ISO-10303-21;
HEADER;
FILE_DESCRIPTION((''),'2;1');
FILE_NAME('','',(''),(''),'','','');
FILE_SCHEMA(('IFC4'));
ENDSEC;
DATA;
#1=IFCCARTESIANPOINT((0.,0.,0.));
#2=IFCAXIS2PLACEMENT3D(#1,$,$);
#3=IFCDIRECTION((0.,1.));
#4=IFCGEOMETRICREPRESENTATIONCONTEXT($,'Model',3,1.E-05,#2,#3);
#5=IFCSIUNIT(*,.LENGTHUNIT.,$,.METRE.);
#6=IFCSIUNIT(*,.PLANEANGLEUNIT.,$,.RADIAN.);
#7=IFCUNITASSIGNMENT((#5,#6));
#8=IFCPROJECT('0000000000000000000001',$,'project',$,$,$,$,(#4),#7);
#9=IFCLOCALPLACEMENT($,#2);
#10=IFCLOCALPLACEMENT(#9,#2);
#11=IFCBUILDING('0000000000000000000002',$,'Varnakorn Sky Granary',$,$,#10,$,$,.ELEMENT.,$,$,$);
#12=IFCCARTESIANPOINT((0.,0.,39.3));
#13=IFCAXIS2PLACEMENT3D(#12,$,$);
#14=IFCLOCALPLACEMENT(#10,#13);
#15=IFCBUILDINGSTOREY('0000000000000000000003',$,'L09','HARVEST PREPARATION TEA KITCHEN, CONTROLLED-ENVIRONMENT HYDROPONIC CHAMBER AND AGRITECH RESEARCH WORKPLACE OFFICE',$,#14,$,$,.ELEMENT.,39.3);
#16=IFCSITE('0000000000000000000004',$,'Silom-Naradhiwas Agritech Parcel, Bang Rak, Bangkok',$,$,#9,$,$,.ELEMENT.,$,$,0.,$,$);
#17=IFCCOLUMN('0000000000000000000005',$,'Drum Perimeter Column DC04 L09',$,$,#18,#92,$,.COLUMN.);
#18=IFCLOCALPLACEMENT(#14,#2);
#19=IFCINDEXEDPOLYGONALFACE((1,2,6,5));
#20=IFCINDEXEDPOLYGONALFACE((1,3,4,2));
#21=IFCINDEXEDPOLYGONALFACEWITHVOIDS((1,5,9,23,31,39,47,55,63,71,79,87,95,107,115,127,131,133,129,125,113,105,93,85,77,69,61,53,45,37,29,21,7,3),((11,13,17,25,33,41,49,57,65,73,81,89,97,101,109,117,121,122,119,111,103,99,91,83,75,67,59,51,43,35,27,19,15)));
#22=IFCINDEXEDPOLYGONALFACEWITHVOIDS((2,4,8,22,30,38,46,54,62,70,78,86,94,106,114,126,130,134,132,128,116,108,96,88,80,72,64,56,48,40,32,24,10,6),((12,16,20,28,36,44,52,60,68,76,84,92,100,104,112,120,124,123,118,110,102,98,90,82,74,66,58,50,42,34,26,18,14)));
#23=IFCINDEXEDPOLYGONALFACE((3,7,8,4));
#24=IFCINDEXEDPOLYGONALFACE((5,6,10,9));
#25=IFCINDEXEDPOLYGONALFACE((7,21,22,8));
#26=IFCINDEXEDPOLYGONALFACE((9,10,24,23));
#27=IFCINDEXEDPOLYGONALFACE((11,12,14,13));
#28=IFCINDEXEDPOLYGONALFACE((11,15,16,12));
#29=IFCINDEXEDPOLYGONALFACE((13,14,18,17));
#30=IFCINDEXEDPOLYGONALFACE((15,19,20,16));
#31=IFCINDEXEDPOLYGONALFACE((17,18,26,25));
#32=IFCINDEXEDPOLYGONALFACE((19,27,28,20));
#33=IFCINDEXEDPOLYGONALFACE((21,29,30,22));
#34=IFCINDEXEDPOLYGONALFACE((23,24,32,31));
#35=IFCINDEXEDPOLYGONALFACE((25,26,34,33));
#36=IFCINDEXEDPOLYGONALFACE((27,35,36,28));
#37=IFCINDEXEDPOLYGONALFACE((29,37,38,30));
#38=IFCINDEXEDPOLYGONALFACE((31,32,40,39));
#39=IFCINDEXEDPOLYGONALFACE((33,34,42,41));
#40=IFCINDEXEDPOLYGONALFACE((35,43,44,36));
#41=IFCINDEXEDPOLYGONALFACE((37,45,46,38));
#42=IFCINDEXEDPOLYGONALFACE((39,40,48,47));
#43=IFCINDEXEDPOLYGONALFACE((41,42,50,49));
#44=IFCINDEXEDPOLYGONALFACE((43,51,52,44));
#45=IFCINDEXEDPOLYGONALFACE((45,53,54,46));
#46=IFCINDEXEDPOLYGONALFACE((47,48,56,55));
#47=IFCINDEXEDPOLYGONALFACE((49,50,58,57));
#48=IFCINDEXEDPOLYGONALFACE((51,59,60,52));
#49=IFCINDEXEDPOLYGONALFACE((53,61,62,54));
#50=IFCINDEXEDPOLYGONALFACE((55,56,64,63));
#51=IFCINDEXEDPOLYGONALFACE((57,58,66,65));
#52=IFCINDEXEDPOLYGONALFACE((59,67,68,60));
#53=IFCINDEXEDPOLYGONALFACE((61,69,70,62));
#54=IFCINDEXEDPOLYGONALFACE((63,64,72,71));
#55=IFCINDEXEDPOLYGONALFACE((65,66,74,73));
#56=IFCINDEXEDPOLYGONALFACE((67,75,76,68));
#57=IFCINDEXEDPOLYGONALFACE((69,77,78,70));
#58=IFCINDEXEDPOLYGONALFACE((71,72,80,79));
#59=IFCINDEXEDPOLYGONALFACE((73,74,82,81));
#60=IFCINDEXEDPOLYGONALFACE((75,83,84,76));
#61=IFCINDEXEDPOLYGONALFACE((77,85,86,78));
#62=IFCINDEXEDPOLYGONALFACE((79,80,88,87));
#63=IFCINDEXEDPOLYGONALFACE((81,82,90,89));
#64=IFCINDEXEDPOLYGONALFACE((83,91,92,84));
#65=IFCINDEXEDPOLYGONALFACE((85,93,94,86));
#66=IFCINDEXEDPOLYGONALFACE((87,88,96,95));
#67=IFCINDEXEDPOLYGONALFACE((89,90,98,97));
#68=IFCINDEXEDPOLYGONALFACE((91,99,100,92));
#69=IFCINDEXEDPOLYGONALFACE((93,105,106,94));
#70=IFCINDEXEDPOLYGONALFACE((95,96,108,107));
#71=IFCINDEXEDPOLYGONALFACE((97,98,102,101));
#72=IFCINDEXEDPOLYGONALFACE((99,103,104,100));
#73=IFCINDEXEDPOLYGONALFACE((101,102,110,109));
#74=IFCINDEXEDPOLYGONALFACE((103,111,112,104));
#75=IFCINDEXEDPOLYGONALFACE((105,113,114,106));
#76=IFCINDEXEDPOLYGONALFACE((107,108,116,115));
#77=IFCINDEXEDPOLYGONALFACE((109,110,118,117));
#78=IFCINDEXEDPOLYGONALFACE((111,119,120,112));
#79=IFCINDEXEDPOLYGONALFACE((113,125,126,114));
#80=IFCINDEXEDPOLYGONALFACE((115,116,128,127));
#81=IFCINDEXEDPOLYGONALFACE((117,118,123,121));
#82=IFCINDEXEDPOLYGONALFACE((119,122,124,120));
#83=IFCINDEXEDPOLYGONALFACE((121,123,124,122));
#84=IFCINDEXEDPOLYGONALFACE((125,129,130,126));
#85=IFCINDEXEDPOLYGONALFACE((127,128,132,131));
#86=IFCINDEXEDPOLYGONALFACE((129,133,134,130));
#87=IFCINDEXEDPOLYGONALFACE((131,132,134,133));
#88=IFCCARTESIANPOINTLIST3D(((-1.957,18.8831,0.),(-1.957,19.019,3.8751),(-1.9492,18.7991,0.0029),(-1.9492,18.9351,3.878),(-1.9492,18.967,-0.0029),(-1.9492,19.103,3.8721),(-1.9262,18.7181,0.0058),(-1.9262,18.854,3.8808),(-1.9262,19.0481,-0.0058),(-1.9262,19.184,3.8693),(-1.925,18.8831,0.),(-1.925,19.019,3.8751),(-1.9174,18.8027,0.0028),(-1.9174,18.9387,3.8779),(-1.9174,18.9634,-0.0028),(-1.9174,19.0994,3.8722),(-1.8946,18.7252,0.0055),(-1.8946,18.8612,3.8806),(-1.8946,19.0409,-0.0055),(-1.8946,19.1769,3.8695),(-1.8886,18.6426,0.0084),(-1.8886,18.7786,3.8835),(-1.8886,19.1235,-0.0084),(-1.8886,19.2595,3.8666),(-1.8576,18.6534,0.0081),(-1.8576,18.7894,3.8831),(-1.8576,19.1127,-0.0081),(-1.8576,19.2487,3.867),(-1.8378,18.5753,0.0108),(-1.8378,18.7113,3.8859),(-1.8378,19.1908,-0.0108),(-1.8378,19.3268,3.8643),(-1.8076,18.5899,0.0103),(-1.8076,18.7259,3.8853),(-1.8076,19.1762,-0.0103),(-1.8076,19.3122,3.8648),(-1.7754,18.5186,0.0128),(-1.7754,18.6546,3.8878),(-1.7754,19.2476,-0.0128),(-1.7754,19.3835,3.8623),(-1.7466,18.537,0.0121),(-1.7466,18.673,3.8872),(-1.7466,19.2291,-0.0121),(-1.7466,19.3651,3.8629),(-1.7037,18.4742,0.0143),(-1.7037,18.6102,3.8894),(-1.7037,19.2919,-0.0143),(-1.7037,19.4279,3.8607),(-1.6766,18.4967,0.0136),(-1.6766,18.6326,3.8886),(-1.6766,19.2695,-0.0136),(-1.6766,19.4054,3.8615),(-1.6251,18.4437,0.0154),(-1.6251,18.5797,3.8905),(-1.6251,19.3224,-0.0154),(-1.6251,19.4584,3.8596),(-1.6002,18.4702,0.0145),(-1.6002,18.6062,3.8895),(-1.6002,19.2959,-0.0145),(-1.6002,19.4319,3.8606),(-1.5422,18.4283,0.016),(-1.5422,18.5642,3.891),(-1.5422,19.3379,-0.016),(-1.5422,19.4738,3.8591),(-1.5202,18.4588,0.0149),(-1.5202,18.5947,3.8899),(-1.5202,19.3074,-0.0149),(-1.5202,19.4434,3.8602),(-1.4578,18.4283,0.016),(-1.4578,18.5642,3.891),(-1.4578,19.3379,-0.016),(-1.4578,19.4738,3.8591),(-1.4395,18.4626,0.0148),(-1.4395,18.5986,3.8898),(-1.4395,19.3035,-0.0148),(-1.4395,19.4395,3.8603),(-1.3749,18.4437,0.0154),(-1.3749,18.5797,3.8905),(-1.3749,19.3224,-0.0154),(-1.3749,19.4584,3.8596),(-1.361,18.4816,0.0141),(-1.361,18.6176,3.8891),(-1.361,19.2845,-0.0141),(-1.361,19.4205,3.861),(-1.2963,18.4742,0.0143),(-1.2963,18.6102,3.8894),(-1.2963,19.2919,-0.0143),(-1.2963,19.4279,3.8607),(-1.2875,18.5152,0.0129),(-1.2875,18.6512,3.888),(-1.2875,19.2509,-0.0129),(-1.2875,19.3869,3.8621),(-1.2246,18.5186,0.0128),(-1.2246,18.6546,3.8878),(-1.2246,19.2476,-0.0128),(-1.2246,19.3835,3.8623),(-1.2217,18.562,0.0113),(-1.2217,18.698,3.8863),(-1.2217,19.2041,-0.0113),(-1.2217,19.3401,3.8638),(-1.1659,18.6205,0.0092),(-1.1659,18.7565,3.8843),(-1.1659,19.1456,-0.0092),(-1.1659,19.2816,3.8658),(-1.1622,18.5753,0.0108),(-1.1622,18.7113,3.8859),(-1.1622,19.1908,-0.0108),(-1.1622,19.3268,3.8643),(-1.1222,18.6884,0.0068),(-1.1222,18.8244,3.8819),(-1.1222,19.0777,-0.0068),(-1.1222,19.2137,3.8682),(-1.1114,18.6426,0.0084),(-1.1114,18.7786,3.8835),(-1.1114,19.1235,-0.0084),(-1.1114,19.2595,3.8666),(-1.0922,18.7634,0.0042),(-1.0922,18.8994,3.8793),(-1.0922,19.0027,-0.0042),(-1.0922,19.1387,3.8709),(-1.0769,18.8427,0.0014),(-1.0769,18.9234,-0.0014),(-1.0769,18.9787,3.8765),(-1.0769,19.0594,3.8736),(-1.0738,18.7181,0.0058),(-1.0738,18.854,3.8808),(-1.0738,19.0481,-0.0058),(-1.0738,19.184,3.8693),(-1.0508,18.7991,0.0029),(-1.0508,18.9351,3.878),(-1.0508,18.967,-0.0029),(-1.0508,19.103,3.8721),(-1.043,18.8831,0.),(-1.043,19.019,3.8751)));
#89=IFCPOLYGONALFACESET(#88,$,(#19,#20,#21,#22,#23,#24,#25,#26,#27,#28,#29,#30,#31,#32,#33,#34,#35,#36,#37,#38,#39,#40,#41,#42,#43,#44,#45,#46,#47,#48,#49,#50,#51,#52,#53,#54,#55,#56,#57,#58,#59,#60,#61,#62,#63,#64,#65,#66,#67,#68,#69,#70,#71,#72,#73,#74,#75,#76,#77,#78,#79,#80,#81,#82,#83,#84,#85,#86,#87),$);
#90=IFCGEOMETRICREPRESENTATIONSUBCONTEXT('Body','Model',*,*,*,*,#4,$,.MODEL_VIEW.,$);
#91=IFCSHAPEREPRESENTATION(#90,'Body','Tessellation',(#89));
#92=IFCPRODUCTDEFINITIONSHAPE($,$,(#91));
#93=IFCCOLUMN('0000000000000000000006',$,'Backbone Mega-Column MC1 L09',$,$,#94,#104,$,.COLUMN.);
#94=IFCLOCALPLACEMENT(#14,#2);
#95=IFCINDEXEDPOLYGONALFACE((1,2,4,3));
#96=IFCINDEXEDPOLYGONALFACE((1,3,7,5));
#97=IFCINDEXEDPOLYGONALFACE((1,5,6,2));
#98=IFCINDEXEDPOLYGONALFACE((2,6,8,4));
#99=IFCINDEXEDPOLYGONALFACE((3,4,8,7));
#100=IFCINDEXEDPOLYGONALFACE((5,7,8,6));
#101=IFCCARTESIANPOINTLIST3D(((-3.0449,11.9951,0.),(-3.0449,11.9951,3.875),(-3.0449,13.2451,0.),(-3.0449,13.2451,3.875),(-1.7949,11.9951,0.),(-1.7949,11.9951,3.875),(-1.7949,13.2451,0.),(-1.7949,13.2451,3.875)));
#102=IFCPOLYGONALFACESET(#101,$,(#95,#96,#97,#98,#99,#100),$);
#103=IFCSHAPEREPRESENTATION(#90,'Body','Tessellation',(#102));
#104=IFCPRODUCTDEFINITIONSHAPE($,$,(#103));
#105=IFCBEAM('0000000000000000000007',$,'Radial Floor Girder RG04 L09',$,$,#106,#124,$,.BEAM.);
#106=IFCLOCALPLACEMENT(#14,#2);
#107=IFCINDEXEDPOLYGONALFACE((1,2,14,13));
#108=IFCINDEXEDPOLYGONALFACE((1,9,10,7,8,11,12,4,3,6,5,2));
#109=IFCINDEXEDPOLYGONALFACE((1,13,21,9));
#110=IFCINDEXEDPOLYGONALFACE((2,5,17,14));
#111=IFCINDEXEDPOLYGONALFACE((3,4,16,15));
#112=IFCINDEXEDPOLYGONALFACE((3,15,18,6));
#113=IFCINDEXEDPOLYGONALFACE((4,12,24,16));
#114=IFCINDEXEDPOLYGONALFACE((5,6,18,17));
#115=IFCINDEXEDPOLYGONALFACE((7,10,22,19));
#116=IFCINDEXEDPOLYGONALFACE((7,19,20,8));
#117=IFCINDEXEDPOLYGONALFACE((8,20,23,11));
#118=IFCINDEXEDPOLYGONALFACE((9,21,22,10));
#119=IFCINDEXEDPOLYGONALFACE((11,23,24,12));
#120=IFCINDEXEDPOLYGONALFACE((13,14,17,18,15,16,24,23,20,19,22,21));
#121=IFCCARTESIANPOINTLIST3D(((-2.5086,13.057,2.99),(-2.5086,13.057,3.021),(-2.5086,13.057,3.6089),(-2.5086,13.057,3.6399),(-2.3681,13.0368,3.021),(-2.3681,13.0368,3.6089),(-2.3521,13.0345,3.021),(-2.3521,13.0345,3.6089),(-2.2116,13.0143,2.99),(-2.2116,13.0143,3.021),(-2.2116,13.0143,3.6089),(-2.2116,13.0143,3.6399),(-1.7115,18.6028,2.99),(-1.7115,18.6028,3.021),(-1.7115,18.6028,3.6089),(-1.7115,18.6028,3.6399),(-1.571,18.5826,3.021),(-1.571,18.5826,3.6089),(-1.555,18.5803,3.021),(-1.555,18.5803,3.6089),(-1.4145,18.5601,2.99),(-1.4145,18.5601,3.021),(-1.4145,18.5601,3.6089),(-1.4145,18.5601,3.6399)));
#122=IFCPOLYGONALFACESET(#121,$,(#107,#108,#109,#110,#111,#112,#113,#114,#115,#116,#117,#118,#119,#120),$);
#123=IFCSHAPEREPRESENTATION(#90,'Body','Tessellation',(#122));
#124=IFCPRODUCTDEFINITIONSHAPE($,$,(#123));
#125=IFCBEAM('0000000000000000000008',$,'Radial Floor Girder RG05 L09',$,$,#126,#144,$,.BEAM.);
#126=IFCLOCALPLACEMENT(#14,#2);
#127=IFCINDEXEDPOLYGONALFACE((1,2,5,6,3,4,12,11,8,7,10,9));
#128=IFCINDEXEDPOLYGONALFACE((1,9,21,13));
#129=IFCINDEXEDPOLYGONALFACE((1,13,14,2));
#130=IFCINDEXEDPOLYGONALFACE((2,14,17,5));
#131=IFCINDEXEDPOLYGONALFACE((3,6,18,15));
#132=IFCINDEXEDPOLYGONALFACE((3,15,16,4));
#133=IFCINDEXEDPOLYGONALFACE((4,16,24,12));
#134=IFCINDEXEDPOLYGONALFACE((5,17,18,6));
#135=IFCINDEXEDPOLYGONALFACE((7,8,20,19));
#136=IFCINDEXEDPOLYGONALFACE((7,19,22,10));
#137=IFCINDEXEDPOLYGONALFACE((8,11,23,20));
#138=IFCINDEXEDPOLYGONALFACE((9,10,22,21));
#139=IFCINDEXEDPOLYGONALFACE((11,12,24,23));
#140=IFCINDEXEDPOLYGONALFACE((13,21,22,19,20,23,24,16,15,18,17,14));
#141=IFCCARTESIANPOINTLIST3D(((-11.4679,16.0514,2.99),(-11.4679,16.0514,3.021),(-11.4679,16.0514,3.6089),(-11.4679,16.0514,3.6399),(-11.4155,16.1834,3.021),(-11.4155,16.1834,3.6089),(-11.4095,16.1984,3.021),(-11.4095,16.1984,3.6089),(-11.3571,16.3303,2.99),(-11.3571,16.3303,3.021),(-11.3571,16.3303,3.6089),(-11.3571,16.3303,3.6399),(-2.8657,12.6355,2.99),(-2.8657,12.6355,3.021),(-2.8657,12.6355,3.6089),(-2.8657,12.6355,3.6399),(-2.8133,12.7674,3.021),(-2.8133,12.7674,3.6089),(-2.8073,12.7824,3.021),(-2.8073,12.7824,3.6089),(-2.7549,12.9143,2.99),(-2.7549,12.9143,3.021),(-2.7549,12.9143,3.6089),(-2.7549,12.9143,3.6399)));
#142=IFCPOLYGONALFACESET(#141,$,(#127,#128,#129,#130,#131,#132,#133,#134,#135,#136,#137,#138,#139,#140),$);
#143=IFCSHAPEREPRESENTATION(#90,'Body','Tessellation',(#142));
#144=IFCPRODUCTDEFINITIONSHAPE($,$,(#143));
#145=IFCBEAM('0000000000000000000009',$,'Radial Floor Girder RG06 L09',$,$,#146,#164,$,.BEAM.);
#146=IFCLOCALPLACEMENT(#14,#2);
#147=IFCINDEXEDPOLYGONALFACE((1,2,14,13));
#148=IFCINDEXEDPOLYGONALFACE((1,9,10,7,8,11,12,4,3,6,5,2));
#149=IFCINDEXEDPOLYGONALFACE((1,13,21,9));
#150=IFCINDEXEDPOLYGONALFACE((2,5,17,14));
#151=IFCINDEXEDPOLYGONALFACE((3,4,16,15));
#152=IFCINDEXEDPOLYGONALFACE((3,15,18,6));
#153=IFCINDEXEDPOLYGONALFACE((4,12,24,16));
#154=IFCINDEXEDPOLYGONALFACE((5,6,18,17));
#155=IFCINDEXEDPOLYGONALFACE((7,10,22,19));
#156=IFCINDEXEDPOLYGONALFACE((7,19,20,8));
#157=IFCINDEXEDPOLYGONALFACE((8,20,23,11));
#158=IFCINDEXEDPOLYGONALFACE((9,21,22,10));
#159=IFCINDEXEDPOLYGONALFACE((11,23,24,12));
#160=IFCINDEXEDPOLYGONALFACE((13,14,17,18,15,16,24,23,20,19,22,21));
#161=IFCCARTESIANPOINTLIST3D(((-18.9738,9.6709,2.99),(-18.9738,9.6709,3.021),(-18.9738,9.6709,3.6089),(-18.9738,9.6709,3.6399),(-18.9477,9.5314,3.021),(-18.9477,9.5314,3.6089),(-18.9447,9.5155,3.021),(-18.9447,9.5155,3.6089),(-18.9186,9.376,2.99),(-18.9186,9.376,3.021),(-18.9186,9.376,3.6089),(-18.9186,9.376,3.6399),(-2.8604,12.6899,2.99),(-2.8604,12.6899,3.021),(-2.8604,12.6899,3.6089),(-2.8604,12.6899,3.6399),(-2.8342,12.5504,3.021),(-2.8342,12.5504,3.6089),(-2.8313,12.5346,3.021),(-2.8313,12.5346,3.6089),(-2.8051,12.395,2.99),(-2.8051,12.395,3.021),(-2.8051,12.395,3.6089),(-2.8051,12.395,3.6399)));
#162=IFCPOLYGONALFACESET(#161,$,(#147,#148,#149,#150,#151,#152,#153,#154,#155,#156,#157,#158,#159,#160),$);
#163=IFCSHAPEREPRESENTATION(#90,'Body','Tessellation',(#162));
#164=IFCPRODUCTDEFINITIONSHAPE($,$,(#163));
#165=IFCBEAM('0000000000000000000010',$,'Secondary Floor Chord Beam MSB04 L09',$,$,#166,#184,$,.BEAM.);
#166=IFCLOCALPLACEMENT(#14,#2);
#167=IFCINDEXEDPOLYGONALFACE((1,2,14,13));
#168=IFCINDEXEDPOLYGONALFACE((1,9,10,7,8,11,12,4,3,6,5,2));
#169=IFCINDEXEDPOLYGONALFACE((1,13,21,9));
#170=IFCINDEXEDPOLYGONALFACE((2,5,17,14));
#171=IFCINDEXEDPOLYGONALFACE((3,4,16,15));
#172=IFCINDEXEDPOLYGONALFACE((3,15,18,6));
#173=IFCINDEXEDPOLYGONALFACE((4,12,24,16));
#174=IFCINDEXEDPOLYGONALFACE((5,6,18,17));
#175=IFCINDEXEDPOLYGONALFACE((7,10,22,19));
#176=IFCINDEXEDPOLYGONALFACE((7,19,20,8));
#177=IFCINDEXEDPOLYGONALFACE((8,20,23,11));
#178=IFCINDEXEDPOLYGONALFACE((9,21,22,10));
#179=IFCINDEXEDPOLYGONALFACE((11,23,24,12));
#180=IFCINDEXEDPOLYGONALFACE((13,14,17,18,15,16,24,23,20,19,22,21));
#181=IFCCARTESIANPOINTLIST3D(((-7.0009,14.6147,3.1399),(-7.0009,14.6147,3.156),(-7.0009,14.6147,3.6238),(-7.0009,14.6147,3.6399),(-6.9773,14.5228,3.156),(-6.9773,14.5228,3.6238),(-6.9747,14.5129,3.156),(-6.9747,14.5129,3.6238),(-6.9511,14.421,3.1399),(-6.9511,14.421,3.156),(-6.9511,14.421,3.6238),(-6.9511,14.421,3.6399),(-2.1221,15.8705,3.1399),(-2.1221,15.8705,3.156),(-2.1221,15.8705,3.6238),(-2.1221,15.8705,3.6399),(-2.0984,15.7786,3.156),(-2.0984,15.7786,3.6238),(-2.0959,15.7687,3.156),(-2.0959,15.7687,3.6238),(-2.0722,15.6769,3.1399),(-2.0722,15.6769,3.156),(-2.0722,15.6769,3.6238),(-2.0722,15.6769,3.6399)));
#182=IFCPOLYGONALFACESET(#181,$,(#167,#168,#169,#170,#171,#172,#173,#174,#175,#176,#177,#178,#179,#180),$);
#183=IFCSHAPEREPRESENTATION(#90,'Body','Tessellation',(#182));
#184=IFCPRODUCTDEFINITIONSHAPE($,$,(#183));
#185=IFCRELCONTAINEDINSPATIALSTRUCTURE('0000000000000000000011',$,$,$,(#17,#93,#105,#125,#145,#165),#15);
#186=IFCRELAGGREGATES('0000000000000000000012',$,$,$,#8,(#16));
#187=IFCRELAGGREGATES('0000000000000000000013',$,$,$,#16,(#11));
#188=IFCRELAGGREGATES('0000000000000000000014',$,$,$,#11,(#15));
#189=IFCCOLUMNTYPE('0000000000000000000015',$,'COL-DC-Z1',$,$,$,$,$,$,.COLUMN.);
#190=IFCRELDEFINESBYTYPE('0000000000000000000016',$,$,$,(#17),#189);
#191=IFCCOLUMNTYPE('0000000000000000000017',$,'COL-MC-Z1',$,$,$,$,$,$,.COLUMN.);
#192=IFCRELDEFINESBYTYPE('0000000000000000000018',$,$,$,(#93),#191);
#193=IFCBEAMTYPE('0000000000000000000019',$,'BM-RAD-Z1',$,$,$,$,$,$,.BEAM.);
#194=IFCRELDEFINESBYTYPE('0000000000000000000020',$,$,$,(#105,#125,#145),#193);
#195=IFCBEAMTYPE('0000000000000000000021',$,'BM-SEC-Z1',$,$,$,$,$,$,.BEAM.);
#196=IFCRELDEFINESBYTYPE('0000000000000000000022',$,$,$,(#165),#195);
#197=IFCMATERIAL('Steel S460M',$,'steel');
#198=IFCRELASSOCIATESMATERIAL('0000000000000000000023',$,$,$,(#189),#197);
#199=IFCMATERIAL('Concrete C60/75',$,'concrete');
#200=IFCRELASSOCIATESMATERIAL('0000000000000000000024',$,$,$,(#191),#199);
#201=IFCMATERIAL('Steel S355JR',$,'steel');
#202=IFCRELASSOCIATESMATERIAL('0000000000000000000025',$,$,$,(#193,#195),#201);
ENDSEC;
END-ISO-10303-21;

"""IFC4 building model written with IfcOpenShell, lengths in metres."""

from ifc_helpers import new_model, si_unit, direction, frame, origin, origin_2d, place, context, subcontext, project, spatial, rectangle, hollow_circle, i_section, extrude, material, material_profile, profile_set, type_object, element, save


model = new_model("IFC4")

# Units and contexts
model_context = context("Model", 3, precision=1e-05, world=origin(), true_north=direction((0.0, 1.0)))
body_context = subcontext(model_context, "Body", "Model", "MODEL_VIEW")
ifc_project = project(units=[si_unit("LENGTHUNIT", "METRE"), si_unit("PLANEANGLEUNIT", "RADIAN")], contexts=[model_context])

# Site, building, storey
site_placement = place(None, origin())
site = spatial("IfcSite", under=ifc_project, at=site_placement, Name="Silom-Naradhiwas Agritech Parcel, Bang Rak, Bangkok", CompositionType="ELEMENT", RefElevation=0.0)
building_placement = place(site_placement, origin())
building = spatial("IfcBuilding", under=site, at=building_placement, Name="Varnakorn Sky Granary", CompositionType="ELEMENT")
storey_placement = place(building_placement, frame((0.0, 0.0, 39.3)))
storey = spatial("IfcBuildingStorey", under=building, at=storey_placement, Name="L09", Description="HARVEST PREPARATION TEA KITCHEN, CONTROLLED-ENVIRONMENT HYDROPONIC CHAMBER AND AGRITECH RESEARCH WORKPLACE OFFICE", CompositionType="ELEMENT", Elevation=39.3)

# Columns
ifc_material_1 = material(Name="Steel S460M", Category="steel")
ifc_material_profile_1 = material_profile(ifc_material_1, hollow_circle(Radius=0.457, WallThickness=0.032, at=origin_2d()), Name="CHS 914x32")
ifc_profile_set_1 = profile_set([ifc_material_profile_1], Name="Steel S460M")
column_type_1 = type_object("IfcColumnType", Name="COL-DC-Z1", PredefinedType="COLUMN", material=ifc_profile_set_1)
column_1_placement = place(storey_placement, frame((-1.5, 18.8831, 0.0), z_axis=(0.0, 0.035072, 0.999385), x_axis=(-1.0, 0.0, 0.0)))
element("IfcColumn", 1, at=column_1_placement, inside=storey, type_object=column_type_1, Name="Drum Perimeter Column DC04 L09", PredefinedType="COLUMN", context=body_context, shape_type="SweptSolid", body=[
    extrude(hollow_circle(Radius=0.457, WallThickness=0.032, at=origin_2d()), origin(), (0.0, 0.0, 1.0), 3.8774),
])
ifc_material_2 = material(Name="Concrete C60/75", Category="concrete")
ifc_material_profile_2 = material_profile(ifc_material_2, rectangle(XDim=1.25, YDim=1.25, at=origin_2d()), Name="RC 1250x1250")
ifc_profile_set_2 = profile_set([ifc_material_profile_2], Name="Concrete C60/75")
column_type_2 = type_object("IfcColumnType", Name="COL-MC-Z1", PredefinedType="COLUMN", material=ifc_profile_set_2)
column_2_placement = place(storey_placement, frame((-2.4199, 12.6201, 0.0), z_axis=(0.0, 0.0, 1.0), x_axis=(1.0, 0.0, 0.0)))
element("IfcColumn", 2, at=column_2_placement, inside=storey, type_object=column_type_2, Name="Backbone Mega-Column MC1 L09", PredefinedType="COLUMN", context=body_context, shape_type="SweptSolid", body=[
    extrude(rectangle(XDim=1.25, YDim=1.25, at=origin_2d()), origin(), (0.0, 0.0, 1.0), 3.875),
])

# Beams
ifc_material_3 = material(Name="Steel S355JR", Category="steel")
ifc_material_profile_3 = material_profile(ifc_material_3, i_section(OverallWidth=0.3, OverallDepth=0.6499, WebThickness=0.0161, FlangeThickness=0.031, at=origin_2d()), Name="HE 650 B")
ifc_profile_set_3 = profile_set([ifc_material_profile_3], Name="Steel S355JR")
beam_type_1 = type_object("IfcBeamType", Name="BM-RAD-Z1", PredefinedType="BEAM", material=ifc_profile_set_3)
beam_1_placement = place(storey_placement, frame((-2.3601, 13.0356, 3.3149), z_axis=(0.142269, 0.989828, 0.0), x_axis=(-0.989828, 0.142269, 0.0)))
element("IfcBeam", 3, at=beam_1_placement, inside=storey, type_object=beam_type_1, Name="Radial Floor Girder RG04 L09", PredefinedType="BEAM", context=body_context, shape_type="SweptSolid", body=[
    extrude(i_section(OverallWidth=0.3, OverallDepth=0.6499, WebThickness=0.0161, FlangeThickness=0.031, at=origin_2d()), origin(), (0.0, 0.0, 1.0), 5.6028),
])
beam_2_placement = place(storey_placement, frame((-2.8103, 12.7749, 3.3149), z_axis=(-0.929402, 0.36907, 0.0), x_axis=(-0.36907, -0.929402, 0.0)))
element("IfcBeam", 4, at=beam_2_placement, inside=storey, type_object=beam_type_1, Name="Radial Floor Girder RG05 L09", PredefinedType="BEAM", context=body_context, shape_type="SweptSolid", body=[
    extrude(i_section(OverallWidth=0.3, OverallDepth=0.6499, WebThickness=0.0161, FlangeThickness=0.031, at=origin_2d()), origin(), (0.0, 0.0, 1.0), 9.2556),
])
beam_3_placement = place(storey_placement, frame((-2.8328, 12.5425, 3.3149), z_axis=(-0.982897, -0.184156, 0.0), x_axis=(0.184156, -0.982897, 0.0)))
element("IfcBeam", 5, at=beam_3_placement, inside=storey, type_object=beam_type_1, Name="Radial Floor Girder RG06 L09", PredefinedType="BEAM", context=body_context, shape_type="SweptSolid", body=[
    extrude(i_section(OverallWidth=0.3, OverallDepth=0.6499, WebThickness=0.0161, FlangeThickness=0.031, at=origin_2d()), origin(), (0.0, 0.0, 1.0), 16.3938),
])
ifc_material_profile_4 = material_profile(ifc_material_3, i_section(OverallWidth=0.2, OverallDepth=0.5, WebThickness=0.0103, FlangeThickness=0.0161, at=origin_2d()), Name="IPE 500")
ifc_profile_set_4 = profile_set([ifc_material_profile_4], Name="Steel S355JR")
beam_type_2 = type_object("IfcBeamType", Name="BM-SEC-Z1", PredefinedType="BEAM", material=ifc_profile_set_4)
beam_4_placement = place(storey_placement, frame((-2.0972, 15.7737, 3.3899), z_axis=(-0.968431, -0.24928, 0.0), x_axis=(0.24928, -0.968431, 0.0)))
element("IfcBeam", 6, at=beam_4_placement, inside=storey, type_object=beam_type_2, Name="Secondary Floor Chord Beam MSB04 L09", PredefinedType="BEAM", context=body_context, shape_type="SweptSolid", body=[
    extrude(i_section(OverallWidth=0.2, OverallDepth=0.5, WebThickness=0.0103, FlangeThickness=0.0161, at=origin_2d()), origin(), (0.0, 0.0, 1.0), 5.0378),
])

save(model, "model.ifc")
